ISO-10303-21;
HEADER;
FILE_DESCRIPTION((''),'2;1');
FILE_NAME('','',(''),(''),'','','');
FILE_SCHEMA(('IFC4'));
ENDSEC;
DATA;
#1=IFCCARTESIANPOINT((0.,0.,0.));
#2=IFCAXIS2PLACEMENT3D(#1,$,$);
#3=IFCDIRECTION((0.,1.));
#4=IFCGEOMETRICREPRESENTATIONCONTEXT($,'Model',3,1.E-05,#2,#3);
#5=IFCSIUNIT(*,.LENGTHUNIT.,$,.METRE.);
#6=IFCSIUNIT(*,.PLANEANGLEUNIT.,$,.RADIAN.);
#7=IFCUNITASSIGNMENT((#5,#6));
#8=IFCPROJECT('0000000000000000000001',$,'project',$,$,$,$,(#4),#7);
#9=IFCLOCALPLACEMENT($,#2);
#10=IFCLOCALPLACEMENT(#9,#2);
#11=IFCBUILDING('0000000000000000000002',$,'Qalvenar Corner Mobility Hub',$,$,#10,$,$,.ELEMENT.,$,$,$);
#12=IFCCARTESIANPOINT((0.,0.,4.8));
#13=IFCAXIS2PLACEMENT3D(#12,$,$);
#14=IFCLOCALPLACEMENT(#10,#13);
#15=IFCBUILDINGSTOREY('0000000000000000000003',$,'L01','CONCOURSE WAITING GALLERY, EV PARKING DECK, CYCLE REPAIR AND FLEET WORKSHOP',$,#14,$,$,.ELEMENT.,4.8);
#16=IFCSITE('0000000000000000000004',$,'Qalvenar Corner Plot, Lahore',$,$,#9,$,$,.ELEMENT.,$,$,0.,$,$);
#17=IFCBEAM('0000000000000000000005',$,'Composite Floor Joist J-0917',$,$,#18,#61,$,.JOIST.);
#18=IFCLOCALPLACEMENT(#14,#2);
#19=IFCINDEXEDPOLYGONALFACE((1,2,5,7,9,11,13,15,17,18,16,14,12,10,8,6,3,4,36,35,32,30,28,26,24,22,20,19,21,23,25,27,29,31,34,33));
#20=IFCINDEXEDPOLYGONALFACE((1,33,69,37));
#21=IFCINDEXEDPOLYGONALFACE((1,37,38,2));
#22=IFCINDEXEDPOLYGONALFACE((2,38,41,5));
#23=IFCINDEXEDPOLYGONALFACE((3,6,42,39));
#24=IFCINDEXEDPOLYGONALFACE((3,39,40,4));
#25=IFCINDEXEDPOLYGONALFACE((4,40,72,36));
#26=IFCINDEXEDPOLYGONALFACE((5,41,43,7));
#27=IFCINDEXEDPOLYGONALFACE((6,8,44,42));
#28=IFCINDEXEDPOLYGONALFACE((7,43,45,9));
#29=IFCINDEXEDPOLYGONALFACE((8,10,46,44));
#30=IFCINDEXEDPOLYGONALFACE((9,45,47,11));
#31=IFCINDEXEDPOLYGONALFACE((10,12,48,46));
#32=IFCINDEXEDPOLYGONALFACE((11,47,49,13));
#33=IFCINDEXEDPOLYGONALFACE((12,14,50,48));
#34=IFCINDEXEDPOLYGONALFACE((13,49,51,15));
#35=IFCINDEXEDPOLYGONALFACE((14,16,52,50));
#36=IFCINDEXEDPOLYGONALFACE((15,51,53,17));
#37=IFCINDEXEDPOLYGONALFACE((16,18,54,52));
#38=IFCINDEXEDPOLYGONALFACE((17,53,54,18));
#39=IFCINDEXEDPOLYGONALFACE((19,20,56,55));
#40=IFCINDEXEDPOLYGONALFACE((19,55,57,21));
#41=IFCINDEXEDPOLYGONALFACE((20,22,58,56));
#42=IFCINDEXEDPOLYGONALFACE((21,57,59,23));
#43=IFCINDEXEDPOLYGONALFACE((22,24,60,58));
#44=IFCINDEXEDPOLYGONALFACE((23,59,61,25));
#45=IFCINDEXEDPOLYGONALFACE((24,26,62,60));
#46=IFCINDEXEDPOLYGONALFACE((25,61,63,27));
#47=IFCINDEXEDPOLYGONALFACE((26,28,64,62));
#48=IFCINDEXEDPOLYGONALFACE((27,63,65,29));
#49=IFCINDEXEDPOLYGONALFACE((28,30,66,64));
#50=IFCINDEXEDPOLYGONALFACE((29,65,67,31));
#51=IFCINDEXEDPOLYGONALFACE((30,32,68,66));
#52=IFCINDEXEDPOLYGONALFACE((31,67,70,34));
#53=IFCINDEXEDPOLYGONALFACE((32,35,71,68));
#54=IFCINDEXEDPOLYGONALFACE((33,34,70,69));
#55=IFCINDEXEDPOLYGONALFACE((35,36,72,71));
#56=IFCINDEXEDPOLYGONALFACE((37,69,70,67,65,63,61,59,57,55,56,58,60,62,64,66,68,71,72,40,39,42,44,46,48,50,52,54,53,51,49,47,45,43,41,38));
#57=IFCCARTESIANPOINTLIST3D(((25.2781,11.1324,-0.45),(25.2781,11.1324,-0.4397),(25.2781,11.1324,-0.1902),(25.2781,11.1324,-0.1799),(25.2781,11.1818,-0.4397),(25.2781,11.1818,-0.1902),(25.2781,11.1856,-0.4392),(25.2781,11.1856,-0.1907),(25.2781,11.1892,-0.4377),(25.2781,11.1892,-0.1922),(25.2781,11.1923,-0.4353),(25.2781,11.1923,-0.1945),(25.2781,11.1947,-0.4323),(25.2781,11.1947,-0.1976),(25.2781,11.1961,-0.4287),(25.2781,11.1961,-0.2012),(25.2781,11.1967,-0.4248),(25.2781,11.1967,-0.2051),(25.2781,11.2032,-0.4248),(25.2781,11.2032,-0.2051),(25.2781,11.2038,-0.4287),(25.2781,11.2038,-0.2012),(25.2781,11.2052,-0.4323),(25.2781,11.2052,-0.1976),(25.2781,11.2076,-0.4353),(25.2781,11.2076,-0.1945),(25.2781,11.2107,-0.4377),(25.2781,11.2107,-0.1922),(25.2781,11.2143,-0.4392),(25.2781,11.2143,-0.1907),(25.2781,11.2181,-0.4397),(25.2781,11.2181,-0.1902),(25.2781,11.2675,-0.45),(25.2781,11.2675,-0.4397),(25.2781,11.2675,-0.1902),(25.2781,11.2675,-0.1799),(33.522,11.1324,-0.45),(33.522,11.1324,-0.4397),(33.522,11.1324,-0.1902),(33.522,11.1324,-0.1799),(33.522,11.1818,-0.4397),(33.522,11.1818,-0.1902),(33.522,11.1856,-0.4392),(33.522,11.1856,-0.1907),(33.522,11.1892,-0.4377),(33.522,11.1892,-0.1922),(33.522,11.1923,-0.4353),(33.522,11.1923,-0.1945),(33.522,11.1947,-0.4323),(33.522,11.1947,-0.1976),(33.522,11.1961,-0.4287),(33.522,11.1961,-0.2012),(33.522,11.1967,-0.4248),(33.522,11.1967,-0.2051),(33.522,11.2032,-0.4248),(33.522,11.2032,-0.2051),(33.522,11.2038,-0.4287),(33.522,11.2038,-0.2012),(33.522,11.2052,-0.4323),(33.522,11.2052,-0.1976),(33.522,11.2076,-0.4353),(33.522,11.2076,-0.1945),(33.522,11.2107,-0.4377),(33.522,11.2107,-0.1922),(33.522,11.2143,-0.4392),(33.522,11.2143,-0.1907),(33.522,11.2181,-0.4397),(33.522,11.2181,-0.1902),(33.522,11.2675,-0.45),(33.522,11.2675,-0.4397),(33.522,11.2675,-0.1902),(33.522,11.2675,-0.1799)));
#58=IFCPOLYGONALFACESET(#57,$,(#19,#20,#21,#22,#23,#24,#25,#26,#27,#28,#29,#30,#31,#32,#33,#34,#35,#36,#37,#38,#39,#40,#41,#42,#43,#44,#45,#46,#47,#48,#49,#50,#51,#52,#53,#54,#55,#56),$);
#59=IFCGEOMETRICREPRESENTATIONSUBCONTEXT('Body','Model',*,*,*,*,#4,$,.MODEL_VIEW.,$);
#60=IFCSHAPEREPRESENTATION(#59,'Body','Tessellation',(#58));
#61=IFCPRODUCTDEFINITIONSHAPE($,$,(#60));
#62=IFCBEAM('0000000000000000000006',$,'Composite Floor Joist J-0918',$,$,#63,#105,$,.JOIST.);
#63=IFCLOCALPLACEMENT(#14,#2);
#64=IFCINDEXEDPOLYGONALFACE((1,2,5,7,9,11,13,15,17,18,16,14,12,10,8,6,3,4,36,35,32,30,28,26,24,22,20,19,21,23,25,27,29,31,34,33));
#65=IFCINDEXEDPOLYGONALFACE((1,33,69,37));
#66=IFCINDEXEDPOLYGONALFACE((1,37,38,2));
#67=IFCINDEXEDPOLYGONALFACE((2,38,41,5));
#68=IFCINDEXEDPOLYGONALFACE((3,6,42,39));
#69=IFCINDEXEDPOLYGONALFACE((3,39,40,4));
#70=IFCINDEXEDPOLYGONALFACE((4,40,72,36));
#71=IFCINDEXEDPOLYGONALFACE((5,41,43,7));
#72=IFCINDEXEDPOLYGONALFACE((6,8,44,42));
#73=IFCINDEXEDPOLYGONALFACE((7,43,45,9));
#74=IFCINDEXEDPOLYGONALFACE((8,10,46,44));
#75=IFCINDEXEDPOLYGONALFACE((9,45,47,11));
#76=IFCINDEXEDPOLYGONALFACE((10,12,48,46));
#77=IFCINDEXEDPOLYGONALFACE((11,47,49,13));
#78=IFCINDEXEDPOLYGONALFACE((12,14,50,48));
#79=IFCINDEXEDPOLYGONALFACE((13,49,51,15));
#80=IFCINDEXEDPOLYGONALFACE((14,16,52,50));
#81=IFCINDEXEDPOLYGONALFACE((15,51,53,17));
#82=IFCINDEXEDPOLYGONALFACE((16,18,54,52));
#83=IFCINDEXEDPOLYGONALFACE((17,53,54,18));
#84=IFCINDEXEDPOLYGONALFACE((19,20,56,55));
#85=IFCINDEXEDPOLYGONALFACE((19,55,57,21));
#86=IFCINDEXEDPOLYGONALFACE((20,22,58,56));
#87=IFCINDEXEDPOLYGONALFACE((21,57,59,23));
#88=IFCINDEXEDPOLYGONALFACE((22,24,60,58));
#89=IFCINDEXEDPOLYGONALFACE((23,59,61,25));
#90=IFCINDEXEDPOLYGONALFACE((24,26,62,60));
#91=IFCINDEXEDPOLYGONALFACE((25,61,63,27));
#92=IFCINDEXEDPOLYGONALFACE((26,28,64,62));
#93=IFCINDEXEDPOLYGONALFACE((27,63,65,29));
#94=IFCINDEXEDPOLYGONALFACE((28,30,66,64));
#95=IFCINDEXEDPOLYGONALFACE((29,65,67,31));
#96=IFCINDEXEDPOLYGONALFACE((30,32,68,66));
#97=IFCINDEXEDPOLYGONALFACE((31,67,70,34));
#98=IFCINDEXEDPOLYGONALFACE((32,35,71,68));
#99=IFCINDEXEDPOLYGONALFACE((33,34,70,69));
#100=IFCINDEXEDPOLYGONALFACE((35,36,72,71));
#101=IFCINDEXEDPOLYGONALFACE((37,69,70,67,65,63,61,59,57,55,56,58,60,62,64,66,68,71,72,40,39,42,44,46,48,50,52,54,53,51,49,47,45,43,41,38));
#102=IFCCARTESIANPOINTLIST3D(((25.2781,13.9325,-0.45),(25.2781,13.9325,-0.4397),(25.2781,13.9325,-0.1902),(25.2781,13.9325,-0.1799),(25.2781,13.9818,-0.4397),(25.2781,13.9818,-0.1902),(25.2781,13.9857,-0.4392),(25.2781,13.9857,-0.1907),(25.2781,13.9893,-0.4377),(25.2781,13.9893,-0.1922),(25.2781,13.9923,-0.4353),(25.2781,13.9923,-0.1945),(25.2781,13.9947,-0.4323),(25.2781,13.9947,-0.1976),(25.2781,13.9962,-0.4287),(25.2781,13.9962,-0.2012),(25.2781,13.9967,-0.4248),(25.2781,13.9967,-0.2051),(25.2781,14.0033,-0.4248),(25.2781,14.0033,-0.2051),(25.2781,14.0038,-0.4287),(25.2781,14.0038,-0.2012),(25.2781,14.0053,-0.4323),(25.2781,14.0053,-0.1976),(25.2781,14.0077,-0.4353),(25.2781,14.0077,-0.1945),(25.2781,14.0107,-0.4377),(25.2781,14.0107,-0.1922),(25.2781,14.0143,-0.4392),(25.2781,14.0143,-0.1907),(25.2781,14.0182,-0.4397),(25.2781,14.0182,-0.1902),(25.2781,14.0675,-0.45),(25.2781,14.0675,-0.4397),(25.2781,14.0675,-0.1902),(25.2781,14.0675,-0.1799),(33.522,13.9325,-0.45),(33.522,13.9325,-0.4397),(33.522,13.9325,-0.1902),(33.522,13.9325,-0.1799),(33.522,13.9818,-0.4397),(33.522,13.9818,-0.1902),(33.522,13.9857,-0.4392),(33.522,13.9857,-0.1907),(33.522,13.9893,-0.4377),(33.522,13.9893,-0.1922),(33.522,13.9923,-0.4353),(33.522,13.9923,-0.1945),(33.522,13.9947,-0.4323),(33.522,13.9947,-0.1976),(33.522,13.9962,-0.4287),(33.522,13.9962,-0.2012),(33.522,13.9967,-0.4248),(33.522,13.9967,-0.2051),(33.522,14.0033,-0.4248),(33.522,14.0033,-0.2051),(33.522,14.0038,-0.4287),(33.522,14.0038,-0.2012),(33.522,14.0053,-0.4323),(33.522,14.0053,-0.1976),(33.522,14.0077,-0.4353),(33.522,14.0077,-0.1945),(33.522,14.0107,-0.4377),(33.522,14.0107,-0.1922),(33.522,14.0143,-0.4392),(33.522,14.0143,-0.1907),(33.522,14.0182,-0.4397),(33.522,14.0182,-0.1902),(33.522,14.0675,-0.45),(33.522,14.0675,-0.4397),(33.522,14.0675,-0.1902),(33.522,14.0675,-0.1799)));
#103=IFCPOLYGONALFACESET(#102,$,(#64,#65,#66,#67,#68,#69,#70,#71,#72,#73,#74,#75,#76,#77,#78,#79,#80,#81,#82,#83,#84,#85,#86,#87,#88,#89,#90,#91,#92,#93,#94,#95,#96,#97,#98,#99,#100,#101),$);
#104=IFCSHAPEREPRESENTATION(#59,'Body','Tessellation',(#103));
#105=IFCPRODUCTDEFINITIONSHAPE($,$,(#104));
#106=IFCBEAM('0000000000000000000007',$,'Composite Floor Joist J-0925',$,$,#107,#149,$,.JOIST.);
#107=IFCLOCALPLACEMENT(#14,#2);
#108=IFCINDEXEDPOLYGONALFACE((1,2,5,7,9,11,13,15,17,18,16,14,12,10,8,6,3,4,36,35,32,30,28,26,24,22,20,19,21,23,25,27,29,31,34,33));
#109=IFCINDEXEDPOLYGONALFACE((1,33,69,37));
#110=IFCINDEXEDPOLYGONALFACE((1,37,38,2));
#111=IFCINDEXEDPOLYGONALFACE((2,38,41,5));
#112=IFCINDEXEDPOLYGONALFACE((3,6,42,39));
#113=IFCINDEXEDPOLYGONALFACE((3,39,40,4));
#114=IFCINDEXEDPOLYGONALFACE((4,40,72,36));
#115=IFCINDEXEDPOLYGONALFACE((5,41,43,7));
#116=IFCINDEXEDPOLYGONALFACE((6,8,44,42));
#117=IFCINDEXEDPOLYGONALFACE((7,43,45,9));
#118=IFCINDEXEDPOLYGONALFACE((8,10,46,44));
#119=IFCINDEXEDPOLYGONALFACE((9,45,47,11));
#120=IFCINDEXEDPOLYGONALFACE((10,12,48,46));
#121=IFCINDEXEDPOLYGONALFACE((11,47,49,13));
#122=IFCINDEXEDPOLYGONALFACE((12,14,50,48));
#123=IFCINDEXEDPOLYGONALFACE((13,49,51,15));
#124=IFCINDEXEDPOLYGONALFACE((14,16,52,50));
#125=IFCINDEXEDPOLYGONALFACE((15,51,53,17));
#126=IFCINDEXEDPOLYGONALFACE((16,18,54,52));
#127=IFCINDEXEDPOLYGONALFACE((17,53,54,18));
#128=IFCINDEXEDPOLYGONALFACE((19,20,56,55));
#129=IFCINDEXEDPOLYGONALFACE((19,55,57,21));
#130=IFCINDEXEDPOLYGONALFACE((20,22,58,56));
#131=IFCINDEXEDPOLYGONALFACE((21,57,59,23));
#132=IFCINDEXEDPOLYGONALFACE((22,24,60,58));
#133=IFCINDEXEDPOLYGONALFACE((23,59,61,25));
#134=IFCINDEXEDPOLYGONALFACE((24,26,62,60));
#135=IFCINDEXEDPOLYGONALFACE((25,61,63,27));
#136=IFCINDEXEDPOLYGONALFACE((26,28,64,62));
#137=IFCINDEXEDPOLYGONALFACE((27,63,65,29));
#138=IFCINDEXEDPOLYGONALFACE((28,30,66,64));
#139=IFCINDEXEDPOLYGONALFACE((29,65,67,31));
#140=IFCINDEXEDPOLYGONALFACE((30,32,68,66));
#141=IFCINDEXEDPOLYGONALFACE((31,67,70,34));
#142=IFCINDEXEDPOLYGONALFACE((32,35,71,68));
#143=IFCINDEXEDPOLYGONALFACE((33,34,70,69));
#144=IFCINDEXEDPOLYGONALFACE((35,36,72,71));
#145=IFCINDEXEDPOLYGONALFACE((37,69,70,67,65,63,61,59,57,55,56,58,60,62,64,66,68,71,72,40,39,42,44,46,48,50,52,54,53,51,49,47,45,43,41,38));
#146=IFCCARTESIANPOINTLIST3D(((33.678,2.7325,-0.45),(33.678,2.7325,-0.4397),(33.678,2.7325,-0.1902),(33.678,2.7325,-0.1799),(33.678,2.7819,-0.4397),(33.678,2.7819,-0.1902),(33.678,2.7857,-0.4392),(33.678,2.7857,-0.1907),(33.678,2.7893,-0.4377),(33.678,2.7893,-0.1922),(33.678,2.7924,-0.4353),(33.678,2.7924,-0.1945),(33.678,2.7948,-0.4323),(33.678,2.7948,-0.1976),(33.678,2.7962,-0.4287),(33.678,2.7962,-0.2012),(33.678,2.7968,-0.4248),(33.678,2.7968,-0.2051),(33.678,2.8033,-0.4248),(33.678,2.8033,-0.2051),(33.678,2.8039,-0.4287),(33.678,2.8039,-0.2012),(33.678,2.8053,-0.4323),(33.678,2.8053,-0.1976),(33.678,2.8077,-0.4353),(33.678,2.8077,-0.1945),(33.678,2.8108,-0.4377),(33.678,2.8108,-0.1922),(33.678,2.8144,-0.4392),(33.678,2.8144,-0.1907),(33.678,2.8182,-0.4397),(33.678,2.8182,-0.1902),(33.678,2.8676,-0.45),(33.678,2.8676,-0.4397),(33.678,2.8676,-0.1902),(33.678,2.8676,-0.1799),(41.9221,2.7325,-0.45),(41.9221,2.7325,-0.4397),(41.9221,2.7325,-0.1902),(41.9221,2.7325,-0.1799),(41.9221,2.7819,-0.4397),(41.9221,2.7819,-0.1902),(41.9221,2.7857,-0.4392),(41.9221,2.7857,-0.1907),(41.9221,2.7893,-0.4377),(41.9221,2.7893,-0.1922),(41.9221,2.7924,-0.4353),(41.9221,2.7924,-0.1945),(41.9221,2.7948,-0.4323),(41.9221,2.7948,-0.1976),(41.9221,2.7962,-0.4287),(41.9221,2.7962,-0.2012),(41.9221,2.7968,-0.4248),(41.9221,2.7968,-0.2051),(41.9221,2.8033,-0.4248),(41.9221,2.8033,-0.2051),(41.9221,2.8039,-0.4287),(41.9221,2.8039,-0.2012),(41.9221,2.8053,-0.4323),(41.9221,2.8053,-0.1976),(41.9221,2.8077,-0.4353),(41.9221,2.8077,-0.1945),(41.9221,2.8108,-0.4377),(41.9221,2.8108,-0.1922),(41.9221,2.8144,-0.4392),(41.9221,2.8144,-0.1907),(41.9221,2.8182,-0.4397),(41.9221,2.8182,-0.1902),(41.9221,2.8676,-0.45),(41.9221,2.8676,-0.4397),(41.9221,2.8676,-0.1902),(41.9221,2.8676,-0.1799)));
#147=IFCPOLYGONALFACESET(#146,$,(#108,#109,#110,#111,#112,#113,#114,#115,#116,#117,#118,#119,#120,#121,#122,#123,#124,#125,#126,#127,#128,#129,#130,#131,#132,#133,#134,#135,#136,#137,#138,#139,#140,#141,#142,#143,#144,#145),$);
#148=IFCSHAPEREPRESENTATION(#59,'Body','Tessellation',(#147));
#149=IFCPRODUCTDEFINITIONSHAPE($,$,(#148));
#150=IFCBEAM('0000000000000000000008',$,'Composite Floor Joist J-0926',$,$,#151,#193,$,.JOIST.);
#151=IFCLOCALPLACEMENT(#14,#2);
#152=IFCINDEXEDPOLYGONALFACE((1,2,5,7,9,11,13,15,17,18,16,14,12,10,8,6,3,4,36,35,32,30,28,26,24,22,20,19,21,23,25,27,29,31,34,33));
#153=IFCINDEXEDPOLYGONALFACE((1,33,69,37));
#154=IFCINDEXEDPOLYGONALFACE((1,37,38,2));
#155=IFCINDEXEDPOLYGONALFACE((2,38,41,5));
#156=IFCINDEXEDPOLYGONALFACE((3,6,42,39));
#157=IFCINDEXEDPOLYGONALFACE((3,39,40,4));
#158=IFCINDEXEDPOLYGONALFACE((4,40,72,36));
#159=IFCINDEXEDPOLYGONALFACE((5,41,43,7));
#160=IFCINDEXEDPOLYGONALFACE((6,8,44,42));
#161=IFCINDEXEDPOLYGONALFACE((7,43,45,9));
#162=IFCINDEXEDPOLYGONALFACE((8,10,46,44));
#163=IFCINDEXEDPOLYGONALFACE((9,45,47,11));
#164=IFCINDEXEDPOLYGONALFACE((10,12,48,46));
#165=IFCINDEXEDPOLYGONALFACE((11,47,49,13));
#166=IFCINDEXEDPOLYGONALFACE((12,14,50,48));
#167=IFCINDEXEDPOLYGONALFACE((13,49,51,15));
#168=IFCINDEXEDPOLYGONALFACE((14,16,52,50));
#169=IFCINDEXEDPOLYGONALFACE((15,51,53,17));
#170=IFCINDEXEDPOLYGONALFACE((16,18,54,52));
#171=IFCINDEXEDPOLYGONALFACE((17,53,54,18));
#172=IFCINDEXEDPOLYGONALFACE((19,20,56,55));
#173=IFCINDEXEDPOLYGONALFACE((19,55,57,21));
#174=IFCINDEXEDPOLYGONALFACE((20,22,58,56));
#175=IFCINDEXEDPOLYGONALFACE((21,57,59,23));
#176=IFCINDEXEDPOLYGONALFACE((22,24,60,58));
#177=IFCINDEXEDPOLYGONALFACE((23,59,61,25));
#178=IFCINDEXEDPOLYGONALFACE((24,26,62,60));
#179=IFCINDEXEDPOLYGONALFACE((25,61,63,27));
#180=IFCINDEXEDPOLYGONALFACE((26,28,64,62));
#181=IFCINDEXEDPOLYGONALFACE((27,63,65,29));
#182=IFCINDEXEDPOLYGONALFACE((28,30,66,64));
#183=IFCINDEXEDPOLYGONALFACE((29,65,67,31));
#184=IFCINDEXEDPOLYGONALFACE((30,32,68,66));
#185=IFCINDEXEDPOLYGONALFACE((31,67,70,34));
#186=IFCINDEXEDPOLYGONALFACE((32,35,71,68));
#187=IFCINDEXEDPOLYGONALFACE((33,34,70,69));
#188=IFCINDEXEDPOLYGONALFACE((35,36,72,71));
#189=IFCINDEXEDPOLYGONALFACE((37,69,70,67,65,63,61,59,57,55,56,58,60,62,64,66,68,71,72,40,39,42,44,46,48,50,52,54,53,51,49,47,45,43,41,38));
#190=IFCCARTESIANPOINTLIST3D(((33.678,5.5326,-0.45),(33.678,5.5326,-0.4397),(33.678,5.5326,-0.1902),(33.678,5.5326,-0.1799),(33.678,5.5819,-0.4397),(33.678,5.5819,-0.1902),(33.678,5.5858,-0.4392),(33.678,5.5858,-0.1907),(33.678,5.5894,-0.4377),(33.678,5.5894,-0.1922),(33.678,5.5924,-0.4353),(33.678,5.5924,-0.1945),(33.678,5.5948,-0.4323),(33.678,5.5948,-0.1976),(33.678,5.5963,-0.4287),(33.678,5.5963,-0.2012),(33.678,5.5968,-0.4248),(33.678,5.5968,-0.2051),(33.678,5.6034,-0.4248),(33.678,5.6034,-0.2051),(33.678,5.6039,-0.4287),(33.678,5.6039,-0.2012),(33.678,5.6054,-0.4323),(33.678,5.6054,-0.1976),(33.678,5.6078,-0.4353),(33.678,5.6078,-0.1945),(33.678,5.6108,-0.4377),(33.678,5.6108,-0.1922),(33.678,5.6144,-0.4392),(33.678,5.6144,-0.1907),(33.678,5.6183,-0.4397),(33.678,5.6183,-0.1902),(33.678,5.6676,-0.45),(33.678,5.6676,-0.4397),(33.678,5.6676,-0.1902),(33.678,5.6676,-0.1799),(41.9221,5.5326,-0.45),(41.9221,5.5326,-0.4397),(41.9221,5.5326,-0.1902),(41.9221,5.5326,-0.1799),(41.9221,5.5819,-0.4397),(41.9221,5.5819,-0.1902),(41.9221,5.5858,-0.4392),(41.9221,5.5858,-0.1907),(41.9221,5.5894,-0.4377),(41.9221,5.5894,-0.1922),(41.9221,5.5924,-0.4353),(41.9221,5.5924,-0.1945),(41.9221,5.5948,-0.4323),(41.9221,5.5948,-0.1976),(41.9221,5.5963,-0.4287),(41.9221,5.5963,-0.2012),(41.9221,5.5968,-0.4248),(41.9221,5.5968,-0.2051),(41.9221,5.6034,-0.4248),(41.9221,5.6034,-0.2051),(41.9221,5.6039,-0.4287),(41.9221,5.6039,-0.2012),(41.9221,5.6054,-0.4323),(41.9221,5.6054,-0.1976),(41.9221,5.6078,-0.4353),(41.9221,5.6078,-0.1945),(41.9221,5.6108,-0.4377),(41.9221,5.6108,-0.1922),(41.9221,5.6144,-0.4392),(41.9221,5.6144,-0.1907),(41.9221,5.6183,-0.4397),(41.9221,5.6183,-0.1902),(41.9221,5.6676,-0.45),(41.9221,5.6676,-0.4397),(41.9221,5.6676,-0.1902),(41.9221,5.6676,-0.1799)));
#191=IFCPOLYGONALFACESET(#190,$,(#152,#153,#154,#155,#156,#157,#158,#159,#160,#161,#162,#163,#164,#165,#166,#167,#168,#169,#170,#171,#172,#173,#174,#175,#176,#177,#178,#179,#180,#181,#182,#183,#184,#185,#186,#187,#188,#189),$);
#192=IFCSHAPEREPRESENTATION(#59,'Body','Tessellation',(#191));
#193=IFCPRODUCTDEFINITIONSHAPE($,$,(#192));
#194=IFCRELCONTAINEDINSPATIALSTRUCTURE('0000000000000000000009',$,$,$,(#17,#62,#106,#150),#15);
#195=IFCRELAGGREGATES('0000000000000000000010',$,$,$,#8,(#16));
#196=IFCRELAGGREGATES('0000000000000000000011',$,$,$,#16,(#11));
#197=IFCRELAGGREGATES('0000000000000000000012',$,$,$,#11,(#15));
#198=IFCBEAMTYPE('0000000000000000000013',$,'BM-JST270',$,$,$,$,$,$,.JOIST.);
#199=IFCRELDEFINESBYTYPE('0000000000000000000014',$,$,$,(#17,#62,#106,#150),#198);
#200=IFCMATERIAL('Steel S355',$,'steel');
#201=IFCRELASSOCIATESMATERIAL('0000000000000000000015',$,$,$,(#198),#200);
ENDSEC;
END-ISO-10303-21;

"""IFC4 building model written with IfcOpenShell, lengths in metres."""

from ifc_helpers import new_model, si_unit, direction, frame, origin, origin_2d, place, context, subcontext, project, spatial, i_section, extrude, material, material_profile, profile_set, type_object, element, save


model = new_model("IFC4")

# Units and contexts
model_context = context("Model", 3, precision=1e-05, world=origin(), true_north=direction((0.0, 1.0)))
body_context = subcontext(model_context, "Body", "Model", "MODEL_VIEW")
ifc_project = project(units=[si_unit("LENGTHUNIT", "METRE"), si_unit("PLANEANGLEUNIT", "RADIAN")], contexts=[model_context])

# Site, building, storey
site_placement = place(None, origin())
site = spatial("IfcSite", under=ifc_project, at=site_placement, Name="Qalvenar Corner Plot, Lahore", CompositionType="ELEMENT", RefElevation=0.0)
building_placement = place(site_placement, origin())
building = spatial("IfcBuilding", under=site, at=building_placement, Name="Qalvenar Corner Mobility Hub", CompositionType="ELEMENT")
storey_placement = place(building_placement, frame((0.0, 0.0, 4.8)))
storey = spatial("IfcBuildingStorey", under=building, at=storey_placement, Name="L01", Description="CONCOURSE WAITING GALLERY, EV PARKING DECK, CYCLE REPAIR AND FLEET WORKSHOP", CompositionType="ELEMENT", Elevation=4.8)

# Shared definitions
ifc_material_1 = material(Name="Steel S355", Category="steel")

# Beams
ifc_material_profile_1 = material_profile(ifc_material_1, i_section(OverallWidth=0.135, OverallDepth=0.27, WebThickness=0.0066, FlangeThickness=0.0103, FilletRadius=0.0149, at=origin_2d()), Name="IPE270")
ifc_profile_set_1 = profile_set([ifc_material_profile_1], Name="Steel S355")
beam_type_1 = type_object("IfcBeamType", Name="BM-JST270", PredefinedType="JOIST", material=ifc_profile_set_1)
for number, where, z_axis, x_axis, name in (
    (1, (25.2781, 11.2, -0.3149), (1.0, 0.0, 0.0), (0.0, 1.0, 0.0), "Composite Floor Joist J-0917"),
    (2, (25.2781, 14.0, -0.3149), (1.0, 0.0, 0.0), (0.0, 1.0, 0.0), "Composite Floor Joist J-0918"),
):
    element("IfcBeam", number, at=place(storey_placement, frame(where, z_axis=z_axis, x_axis=x_axis)), inside=storey, type_object=beam_type_1, Name=name, PredefinedType="JOIST", context=body_context, shape_type="SweptSolid", body=[
        extrude(i_section(OverallWidth=0.135, OverallDepth=0.27, WebThickness=0.0066, FlangeThickness=0.0103, FilletRadius=0.0149, at=origin_2d()), origin(), (0.0, 0.0, 1.0), 8.2439),
    ])
for number, where, z_axis, x_axis, name in (
    (3, (33.678, 2.8, -0.3149), (1.0, 0.0, 0.0), (0.0, 1.0, 0.0), "Composite Floor Joist J-0925"),
    (4, (33.678, 5.6001, -0.3149), (1.0, 0.0, 0.0), (0.0, 1.0, 0.0), "Composite Floor Joist J-0926"),
):
    element("IfcBeam", number, at=place(storey_placement, frame(where, z_axis=z_axis, x_axis=x_axis)), inside=storey, type_object=beam_type_1, Name=name, PredefinedType="JOIST", context=body_context, shape_type="SweptSolid", body=[
        extrude(i_section(OverallWidth=0.135, OverallDepth=0.27, WebThickness=0.0066, FlangeThickness=0.0103, FilletRadius=0.0149, at=origin_2d()), origin(), (0.0, 0.0, 1.0), 8.2441),
    ])

save(model, "model.ifc")
